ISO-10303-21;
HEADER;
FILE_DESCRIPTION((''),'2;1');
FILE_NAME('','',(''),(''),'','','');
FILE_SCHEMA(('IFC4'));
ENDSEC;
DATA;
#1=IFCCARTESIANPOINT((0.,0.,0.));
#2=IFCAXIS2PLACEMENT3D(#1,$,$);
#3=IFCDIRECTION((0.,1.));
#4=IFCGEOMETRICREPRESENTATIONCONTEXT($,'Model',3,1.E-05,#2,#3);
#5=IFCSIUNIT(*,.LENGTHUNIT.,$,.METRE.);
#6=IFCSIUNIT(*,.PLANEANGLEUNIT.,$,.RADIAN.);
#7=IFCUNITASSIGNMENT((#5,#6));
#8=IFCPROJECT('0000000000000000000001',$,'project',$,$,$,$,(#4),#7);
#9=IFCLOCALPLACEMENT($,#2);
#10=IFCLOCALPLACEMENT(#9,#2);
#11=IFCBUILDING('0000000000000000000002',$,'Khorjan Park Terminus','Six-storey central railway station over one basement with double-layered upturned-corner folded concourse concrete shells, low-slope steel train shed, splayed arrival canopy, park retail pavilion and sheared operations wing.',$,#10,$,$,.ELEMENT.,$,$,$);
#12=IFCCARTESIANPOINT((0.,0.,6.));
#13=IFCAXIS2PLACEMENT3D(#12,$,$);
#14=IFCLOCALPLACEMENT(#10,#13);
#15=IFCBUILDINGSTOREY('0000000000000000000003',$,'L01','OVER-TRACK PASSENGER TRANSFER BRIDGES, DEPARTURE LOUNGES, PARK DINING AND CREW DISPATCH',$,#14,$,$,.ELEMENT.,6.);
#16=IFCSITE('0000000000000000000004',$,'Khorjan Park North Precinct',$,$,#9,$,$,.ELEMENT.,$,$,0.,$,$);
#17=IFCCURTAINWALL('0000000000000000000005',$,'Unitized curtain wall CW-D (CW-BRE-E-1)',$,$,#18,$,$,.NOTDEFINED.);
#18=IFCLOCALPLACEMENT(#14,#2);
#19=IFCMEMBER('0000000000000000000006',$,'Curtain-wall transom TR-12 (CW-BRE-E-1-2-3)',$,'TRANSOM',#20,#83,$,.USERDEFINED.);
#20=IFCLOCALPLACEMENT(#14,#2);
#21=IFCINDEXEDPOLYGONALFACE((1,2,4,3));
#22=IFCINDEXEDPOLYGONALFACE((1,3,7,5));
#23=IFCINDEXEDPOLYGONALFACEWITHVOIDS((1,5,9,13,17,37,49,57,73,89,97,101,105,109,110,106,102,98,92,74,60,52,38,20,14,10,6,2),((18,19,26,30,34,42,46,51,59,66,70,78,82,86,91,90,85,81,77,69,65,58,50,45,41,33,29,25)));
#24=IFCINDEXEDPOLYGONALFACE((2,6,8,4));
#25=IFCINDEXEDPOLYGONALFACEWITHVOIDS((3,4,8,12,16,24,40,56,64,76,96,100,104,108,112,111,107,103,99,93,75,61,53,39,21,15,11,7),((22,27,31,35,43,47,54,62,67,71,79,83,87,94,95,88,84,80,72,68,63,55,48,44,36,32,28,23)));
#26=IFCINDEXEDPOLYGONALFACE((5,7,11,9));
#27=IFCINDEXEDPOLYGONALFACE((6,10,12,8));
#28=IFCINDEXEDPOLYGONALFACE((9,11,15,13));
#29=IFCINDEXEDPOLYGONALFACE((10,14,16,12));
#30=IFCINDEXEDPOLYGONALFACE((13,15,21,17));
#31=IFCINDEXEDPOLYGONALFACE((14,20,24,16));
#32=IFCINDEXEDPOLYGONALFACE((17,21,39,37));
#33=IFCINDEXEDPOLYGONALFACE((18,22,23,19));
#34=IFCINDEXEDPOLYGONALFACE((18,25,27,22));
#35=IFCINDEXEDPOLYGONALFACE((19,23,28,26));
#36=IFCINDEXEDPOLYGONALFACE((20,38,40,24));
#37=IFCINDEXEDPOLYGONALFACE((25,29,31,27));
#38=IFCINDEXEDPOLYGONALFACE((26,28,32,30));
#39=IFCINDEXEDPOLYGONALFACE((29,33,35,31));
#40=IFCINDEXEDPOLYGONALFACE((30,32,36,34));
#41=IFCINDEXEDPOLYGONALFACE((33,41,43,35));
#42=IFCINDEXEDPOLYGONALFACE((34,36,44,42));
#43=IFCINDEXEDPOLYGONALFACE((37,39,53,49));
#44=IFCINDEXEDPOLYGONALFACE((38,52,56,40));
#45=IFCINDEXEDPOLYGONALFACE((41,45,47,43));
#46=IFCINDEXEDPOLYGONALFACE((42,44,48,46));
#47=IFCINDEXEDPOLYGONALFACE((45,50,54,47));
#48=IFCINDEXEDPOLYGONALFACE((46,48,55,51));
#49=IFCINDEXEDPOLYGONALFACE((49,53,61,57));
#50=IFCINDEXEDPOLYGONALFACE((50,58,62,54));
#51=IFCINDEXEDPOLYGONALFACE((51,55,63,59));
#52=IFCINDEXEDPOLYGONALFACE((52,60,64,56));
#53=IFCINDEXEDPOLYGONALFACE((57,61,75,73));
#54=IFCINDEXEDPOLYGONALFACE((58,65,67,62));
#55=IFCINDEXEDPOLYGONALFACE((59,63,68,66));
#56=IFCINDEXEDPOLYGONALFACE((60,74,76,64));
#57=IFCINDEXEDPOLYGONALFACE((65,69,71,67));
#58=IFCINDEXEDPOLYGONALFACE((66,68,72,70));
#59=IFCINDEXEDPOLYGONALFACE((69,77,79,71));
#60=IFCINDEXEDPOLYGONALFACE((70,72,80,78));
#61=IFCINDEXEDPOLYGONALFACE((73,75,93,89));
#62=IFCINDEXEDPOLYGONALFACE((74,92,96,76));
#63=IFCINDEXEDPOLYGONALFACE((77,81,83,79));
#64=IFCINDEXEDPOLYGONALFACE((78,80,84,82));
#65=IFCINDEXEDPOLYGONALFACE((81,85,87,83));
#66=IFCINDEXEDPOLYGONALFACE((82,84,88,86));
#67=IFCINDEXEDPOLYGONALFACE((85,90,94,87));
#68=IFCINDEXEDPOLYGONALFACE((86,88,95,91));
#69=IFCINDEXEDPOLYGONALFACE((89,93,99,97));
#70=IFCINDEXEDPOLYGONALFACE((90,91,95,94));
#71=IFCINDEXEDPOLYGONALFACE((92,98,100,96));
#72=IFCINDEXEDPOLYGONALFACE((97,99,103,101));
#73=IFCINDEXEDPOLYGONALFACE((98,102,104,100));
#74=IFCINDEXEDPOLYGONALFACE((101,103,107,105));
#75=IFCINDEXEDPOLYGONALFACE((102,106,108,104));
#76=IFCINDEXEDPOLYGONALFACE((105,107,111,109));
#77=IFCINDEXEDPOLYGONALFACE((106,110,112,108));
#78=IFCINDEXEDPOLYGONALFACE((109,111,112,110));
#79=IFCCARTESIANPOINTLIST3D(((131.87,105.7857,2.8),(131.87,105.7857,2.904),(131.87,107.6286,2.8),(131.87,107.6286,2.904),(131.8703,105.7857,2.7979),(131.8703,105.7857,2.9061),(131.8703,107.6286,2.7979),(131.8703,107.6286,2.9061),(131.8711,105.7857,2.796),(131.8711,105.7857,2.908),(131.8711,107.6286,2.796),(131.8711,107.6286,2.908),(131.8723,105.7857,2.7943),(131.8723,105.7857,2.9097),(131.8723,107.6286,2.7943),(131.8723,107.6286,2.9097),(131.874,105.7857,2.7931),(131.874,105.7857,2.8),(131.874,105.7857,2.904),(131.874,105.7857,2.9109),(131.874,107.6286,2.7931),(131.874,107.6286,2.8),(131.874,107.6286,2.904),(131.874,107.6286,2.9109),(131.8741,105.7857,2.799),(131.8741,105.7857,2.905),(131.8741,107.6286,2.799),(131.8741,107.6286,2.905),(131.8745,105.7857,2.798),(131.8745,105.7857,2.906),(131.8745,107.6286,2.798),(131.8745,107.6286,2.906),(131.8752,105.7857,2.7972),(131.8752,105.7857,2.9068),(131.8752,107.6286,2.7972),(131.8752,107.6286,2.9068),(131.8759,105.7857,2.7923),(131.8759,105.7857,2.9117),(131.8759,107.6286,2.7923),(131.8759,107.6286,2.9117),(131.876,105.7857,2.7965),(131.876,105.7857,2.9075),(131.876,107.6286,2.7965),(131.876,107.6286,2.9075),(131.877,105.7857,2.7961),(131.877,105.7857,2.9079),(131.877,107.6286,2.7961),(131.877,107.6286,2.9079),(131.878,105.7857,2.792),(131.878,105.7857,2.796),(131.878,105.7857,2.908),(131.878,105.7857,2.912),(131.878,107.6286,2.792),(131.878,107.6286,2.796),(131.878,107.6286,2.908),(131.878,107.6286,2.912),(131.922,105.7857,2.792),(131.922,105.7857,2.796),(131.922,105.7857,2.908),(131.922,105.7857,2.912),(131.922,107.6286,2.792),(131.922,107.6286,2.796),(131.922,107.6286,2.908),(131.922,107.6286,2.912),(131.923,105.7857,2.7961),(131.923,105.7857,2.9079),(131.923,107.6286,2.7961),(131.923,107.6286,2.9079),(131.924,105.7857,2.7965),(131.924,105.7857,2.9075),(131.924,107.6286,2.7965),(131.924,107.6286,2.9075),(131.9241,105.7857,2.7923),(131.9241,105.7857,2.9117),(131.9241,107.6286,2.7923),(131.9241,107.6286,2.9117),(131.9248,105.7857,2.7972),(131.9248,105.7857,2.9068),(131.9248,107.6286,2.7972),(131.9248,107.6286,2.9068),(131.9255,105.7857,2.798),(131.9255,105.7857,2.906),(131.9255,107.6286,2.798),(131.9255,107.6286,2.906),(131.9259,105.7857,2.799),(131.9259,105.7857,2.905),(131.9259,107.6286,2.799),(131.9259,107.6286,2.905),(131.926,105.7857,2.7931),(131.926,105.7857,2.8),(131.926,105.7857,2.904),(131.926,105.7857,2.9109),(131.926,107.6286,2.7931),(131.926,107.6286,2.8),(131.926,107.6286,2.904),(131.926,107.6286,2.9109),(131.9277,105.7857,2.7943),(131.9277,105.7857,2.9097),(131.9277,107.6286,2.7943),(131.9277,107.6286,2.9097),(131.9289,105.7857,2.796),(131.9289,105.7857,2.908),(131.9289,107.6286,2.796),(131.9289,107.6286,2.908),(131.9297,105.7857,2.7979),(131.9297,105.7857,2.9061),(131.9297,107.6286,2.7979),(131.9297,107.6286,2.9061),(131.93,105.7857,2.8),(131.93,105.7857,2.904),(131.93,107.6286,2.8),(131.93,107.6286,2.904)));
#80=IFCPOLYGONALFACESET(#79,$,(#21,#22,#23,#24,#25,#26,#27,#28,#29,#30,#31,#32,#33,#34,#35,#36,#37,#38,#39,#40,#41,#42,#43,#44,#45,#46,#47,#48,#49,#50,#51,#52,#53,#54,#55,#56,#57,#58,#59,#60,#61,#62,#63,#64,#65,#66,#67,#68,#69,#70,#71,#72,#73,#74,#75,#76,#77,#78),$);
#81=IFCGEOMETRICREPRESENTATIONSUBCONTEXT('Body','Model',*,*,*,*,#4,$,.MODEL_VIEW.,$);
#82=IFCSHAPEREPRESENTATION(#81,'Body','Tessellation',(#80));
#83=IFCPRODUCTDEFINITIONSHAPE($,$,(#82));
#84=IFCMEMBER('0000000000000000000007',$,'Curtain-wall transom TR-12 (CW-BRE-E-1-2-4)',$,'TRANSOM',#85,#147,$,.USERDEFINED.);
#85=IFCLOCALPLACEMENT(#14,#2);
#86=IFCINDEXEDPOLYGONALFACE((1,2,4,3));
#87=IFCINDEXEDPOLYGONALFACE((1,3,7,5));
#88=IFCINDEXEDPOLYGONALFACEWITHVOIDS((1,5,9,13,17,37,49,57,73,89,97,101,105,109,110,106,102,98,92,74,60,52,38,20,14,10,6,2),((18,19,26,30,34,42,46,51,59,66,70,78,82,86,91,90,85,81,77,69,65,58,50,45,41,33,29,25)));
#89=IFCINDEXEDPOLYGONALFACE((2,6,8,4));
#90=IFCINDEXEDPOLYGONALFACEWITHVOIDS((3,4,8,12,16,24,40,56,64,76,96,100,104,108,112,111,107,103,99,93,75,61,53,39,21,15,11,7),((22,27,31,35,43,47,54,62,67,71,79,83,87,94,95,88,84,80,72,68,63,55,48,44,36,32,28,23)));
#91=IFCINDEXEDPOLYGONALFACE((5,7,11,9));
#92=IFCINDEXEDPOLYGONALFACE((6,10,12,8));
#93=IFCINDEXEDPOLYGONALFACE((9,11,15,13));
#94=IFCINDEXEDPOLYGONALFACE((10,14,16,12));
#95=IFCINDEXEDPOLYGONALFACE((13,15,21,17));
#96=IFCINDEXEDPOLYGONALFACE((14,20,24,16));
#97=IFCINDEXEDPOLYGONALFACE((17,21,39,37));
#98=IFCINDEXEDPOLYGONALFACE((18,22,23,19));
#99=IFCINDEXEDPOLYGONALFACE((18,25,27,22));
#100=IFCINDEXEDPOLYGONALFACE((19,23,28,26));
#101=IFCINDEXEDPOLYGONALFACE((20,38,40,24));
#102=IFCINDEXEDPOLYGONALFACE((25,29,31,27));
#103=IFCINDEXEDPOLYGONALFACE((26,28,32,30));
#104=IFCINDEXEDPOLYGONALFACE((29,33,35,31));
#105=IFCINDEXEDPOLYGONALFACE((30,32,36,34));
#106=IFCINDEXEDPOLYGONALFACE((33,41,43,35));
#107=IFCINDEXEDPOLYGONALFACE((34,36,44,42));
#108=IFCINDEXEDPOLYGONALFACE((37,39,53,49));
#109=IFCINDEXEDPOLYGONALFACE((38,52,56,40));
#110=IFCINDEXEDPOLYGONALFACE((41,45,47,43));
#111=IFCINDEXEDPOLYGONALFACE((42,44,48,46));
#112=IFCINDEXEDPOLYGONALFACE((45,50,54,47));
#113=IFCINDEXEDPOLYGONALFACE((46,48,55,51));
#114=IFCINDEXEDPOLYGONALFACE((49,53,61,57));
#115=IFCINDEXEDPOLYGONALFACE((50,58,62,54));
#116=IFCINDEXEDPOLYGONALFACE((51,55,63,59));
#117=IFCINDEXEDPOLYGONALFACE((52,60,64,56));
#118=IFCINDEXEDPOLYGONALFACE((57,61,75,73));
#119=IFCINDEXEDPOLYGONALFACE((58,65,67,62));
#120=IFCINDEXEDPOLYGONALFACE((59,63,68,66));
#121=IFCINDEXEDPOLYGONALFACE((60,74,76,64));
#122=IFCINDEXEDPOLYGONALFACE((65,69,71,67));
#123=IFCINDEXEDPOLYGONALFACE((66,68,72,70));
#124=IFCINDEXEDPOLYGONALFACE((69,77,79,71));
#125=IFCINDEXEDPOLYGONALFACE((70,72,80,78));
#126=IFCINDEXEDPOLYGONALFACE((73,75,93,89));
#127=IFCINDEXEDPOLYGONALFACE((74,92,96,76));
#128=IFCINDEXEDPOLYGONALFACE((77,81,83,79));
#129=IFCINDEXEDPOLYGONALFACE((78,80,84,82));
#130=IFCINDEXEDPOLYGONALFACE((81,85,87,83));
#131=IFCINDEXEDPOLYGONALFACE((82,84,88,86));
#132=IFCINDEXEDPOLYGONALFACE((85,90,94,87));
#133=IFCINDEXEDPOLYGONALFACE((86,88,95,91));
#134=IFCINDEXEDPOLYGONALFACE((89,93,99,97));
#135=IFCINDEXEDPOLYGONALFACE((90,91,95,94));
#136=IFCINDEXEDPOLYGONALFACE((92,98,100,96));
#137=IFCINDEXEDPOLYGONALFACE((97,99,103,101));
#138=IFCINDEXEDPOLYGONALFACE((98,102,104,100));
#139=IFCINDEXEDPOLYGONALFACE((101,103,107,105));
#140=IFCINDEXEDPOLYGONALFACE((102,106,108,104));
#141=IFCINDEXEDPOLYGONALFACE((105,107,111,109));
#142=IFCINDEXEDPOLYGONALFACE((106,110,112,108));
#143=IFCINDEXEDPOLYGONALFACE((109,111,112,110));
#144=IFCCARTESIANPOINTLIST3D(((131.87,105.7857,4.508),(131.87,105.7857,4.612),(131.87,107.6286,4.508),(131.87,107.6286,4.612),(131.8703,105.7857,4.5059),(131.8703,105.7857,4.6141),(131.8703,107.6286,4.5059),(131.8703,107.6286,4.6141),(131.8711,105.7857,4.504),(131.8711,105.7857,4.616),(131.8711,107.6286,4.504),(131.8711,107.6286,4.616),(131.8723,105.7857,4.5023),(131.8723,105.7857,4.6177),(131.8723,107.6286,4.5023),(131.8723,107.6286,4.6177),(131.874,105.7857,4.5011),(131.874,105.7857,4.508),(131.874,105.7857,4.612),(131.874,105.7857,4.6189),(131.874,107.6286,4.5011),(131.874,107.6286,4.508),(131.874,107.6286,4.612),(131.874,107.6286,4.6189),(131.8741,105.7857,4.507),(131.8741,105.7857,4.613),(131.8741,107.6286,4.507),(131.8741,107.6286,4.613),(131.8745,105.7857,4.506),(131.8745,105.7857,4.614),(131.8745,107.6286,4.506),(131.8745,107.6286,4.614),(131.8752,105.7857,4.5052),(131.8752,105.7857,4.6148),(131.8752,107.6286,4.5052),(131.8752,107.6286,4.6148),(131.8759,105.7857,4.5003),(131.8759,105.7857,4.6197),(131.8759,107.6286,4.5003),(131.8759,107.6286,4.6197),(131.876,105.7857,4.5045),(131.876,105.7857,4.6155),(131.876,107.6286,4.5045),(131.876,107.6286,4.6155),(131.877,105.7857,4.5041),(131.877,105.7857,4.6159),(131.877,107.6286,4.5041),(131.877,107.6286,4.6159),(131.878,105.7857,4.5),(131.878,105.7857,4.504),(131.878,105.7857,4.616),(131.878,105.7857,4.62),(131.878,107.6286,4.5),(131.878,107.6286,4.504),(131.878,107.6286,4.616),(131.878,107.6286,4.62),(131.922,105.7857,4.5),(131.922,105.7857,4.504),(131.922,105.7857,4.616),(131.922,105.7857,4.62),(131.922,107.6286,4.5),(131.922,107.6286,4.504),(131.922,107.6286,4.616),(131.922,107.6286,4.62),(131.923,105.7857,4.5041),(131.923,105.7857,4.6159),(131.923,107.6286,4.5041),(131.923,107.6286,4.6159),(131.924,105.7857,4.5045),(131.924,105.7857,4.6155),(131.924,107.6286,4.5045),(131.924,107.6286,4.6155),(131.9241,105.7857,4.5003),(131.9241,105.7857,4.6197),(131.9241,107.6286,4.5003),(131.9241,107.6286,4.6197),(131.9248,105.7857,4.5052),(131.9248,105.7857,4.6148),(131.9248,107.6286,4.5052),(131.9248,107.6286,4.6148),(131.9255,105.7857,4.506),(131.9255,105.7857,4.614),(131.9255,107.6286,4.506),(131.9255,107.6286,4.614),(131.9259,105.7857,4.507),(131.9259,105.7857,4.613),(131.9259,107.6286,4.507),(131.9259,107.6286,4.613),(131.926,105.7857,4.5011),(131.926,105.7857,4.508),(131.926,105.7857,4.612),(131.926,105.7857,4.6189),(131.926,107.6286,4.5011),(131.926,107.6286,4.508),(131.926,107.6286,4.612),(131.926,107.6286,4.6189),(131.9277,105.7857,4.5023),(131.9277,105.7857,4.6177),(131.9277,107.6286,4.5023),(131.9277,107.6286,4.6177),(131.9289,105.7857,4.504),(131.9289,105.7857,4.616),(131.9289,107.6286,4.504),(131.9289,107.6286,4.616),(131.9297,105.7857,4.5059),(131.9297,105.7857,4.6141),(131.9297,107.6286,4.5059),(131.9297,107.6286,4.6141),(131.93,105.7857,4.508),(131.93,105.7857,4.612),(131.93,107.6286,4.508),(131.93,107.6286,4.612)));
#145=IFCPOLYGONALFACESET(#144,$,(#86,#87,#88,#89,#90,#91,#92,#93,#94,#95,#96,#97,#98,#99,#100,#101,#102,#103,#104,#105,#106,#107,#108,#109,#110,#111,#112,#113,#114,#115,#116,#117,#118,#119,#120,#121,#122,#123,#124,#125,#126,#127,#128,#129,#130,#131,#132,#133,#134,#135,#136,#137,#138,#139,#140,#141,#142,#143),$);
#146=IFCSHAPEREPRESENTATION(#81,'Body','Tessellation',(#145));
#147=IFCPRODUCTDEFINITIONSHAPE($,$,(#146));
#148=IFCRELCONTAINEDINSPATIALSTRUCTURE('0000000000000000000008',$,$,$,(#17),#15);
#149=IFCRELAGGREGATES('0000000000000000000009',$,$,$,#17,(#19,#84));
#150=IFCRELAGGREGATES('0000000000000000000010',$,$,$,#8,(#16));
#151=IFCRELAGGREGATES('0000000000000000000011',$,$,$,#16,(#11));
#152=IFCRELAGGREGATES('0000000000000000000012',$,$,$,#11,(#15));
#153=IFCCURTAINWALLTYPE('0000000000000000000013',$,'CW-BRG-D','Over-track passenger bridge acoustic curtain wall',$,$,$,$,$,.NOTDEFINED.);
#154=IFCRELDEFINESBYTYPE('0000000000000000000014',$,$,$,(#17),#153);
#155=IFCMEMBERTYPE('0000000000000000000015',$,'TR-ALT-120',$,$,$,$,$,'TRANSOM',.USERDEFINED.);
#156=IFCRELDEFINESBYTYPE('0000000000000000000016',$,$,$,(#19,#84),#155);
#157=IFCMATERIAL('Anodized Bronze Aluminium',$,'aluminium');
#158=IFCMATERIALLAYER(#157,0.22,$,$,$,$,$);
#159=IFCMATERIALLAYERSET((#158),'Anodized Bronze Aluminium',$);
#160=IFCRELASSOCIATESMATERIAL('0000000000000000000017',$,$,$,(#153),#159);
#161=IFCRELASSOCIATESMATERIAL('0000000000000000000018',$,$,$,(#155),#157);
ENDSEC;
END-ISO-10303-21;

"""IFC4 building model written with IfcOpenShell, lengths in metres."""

from ifc_helpers import new_model, si_unit, direction, frame, origin, origin_2d, place, context, subcontext, project, spatial, hollow_rectangle, extrude, material, layer, layer_set, material_profile, profile_set, type_object, element, aggregate, save


model = new_model("IFC4")

# Units and contexts
model_context = context("Model", 3, precision=1e-05, world=origin(), true_north=direction((0.0, 1.0)))
body_context = subcontext(model_context, "Body", "Model", "MODEL_VIEW")
ifc_project = project(units=[si_unit("LENGTHUNIT", "METRE"), si_unit("PLANEANGLEUNIT", "RADIAN")], contexts=[model_context])

# Site, building, storey
site_placement = place(None, origin())
site = spatial("IfcSite", under=ifc_project, at=site_placement, Name="Khorjan Park North Precinct", CompositionType="ELEMENT", RefElevation=0.0)
building_placement = place(site_placement, origin())
building = spatial("IfcBuilding", under=site, at=building_placement, Name="Khorjan Park Terminus", Description="Six-storey central railway station over one basement with double-layered upturned-corner folded concourse concrete shells, low-slope steel train shed, splayed arrival canopy, park retail pavilion and sheared operations wing.", CompositionType="ELEMENT")
storey_placement = place(building_placement, frame((0.0, 0.0, 6.0)))
storey = spatial("IfcBuildingStorey", under=building, at=storey_placement, Name="L01", Description="OVER-TRACK PASSENGER TRANSFER BRIDGES, DEPARTURE LOUNGES, PARK DINING AND CREW DISPATCH", CompositionType="ELEMENT", Elevation=6.0)

# Curtain wall
ifc_material_1 = material(Name="Anodized Bronze Aluminium", Category="aluminium")
ifc_layer_1 = layer(ifc_material_1, 0.22)
ifc_layer_set_1 = layer_set([ifc_layer_1], Name="Anodized Bronze Aluminium")
curtain_wall_type = type_object("IfcCurtainWallType", Name="CW-BRG-D", Description="Over-track passenger bridge acoustic curtain wall", PredefinedType="NOTDEFINED", material=ifc_layer_set_1)
curtain_wall_1_placement = place(storey_placement, origin())
curtain_wall_1 = element("IfcCurtainWall", 1, at=curtain_wall_1_placement, inside=storey, type_object=curtain_wall_type, Name="Unitized curtain wall CW-D (CW-BRE-E-1)", PredefinedType="NOTDEFINED")

# Members
ifc_material_profile_1 = material_profile(ifc_material_1, hollow_rectangle(XDim=0.06, YDim=0.12, WallThickness=0.004, InnerFilletRadius=0.004, OuterFilletRadius=0.008, at=origin_2d()), Name="ALT 60x120x4")
ifc_profile_set_1 = profile_set([ifc_material_profile_1], Name="Anodized Bronze Aluminium")
member_type_1 = type_object("IfcMemberType", Name="TR-ALT-120", ElementType="TRANSOM", PredefinedType="USERDEFINED", material=ifc_profile_set_1)
member_1_placement = place(storey_placement, frame((131.9, 105.7857, 2.852), z_axis=(0.0, 1.0, 0.0), x_axis=(-1.0, 0.0, 0.0)))
member_1 = element("IfcMember", 2, at=member_1_placement, type_object=member_type_1, Name="Curtain-wall transom TR-12 (CW-BRE-E-1-2-3)", ObjectType="TRANSOM", PredefinedType="USERDEFINED", context=body_context, shape_type="SweptSolid", body=[
    extrude(hollow_rectangle(XDim=0.06, YDim=0.12, WallThickness=0.004, InnerFilletRadius=0.004, OuterFilletRadius=0.008, at=origin_2d()), origin(), (0.0, 0.0, 1.0), 1.8429),
])
member_2_placement = place(storey_placement, frame((131.9, 105.7857, 4.56), z_axis=(0.0, 1.0, 0.0), x_axis=(-1.0, 0.0, 0.0)))
member_2 = element("IfcMember", 3, at=member_2_placement, type_object=member_type_1, Name="Curtain-wall transom TR-12 (CW-BRE-E-1-2-4)", ObjectType="TRANSOM", PredefinedType="USERDEFINED", context=body_context, shape_type="SweptSolid", body=[
    extrude(hollow_rectangle(XDim=0.06, YDim=0.12, WallThickness=0.004, InnerFilletRadius=0.004, OuterFilletRadius=0.008, at=origin_2d()), origin(), (0.0, 0.0, 1.0), 1.8429),
])

aggregate(curtain_wall_1, [member_1, member_2])

save(model, "model.ifc")
